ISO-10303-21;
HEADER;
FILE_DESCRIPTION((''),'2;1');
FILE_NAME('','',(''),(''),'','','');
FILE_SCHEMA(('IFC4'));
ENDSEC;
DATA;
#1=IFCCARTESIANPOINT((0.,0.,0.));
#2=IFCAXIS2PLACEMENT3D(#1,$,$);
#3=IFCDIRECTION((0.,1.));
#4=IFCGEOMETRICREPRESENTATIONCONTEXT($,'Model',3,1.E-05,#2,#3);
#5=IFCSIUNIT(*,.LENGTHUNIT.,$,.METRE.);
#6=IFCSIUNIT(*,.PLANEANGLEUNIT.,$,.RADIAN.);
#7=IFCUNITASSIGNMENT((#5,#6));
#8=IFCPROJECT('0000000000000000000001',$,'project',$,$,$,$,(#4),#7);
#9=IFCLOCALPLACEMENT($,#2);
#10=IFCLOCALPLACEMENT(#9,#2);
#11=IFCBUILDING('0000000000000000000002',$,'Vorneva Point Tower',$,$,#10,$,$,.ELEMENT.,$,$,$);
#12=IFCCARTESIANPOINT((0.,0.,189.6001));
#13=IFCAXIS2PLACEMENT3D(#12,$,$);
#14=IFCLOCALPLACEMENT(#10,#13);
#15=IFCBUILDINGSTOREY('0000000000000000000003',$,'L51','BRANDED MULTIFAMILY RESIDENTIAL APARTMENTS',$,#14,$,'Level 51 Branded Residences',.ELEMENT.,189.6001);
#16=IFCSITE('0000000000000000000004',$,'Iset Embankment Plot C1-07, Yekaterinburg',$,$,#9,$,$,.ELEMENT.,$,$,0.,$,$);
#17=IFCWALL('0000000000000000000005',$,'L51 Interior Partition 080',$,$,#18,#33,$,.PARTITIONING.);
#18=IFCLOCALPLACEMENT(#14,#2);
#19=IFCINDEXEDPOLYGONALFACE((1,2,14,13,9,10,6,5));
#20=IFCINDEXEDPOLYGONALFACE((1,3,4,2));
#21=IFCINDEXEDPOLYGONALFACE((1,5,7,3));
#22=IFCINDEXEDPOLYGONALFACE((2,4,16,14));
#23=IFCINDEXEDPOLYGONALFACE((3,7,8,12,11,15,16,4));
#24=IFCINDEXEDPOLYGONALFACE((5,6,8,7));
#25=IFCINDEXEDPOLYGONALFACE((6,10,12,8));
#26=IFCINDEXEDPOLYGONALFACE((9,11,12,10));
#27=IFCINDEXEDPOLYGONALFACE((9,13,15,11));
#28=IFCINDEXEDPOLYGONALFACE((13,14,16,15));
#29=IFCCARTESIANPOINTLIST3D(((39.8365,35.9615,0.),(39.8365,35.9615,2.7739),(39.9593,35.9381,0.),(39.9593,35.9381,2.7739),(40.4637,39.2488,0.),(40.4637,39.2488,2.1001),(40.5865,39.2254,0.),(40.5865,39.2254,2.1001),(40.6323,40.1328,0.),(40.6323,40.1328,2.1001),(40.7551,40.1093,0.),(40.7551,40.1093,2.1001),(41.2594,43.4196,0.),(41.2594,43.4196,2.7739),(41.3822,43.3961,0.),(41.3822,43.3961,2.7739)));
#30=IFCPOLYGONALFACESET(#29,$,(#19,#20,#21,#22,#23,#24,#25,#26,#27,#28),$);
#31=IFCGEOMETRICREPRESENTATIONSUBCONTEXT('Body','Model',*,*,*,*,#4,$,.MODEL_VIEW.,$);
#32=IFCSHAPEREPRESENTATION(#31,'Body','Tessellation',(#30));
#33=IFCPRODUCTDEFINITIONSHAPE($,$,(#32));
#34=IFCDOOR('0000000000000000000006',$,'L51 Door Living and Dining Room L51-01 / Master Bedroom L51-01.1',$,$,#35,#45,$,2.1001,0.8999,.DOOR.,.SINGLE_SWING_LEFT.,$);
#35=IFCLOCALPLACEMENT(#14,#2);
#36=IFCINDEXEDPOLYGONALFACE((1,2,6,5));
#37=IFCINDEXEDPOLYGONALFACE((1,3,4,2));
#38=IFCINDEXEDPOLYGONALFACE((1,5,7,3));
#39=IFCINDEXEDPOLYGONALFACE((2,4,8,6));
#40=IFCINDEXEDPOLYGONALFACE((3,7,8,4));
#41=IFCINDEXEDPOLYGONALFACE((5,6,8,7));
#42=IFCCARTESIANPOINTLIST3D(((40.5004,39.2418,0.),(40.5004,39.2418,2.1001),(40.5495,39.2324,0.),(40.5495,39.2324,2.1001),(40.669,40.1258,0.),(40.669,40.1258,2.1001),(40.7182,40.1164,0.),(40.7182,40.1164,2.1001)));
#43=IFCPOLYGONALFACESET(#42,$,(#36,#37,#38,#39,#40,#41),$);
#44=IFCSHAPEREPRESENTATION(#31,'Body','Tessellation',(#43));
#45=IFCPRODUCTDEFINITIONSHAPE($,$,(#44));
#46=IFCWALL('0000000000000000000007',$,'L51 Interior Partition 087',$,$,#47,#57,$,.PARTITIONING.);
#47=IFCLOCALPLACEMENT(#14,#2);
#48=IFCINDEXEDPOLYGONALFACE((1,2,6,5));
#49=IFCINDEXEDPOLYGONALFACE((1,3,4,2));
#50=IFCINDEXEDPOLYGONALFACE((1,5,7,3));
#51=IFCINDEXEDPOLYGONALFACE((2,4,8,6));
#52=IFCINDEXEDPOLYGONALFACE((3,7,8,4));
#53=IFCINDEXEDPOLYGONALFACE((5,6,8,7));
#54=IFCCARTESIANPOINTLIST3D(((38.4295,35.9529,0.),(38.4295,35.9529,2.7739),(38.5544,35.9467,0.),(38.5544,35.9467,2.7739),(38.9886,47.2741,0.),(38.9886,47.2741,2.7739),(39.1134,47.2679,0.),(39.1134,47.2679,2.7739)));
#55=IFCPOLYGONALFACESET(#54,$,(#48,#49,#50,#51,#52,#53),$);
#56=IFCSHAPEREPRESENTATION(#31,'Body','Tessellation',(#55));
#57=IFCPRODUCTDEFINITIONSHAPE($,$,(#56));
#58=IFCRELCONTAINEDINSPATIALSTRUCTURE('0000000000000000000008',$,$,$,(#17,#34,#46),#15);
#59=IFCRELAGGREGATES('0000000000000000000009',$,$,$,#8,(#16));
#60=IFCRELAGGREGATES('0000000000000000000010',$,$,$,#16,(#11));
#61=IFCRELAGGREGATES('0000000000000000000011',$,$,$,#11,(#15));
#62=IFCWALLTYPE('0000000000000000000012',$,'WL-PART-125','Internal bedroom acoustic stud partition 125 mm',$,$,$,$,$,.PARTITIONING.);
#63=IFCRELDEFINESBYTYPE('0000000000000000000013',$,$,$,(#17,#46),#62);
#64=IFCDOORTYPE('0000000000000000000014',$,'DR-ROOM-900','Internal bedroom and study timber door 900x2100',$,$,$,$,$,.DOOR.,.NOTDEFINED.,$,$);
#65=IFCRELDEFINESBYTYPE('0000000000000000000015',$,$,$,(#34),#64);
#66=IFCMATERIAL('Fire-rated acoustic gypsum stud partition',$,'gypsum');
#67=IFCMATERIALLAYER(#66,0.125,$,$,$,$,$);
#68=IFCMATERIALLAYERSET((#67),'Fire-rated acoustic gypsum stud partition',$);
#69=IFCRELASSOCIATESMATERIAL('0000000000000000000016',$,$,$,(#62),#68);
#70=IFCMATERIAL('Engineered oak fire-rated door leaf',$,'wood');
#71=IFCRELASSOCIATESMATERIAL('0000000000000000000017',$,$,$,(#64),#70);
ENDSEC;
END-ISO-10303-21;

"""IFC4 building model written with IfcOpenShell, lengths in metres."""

from ifc_helpers import new_model, si_unit, direction, frame, frame_2d, origin, place, context, subcontext, project, spatial, rectangle, extrude, material, layer, layer_set, type_object, element, fill, save


model = new_model("IFC4")

# Units and contexts
model_context = context("Model", 3, precision=1e-05, world=origin(), true_north=direction((0.0, 1.0)))
body_context = subcontext(model_context, "Body", "Model", "MODEL_VIEW")
ifc_project = project(units=[si_unit("LENGTHUNIT", "METRE"), si_unit("PLANEANGLEUNIT", "RADIAN")], contexts=[model_context])

# Site, building, storey
site_placement = place(None, origin())
site = spatial("IfcSite", under=ifc_project, at=site_placement, Name="Iset Embankment Plot C1-07, Yekaterinburg", CompositionType="ELEMENT", RefElevation=0.0)
building_placement = place(site_placement, origin())
building = spatial("IfcBuilding", under=site, at=building_placement, Name="Vorneva Point Tower", CompositionType="ELEMENT")
storey_placement = place(building_placement, frame((0.0, 0.0, 189.6001)))
storey = spatial("IfcBuildingStorey", under=building, at=storey_placement, Name="L51", Description="BRANDED MULTIFAMILY RESIDENTIAL APARTMENTS", LongName="Level 51 Branded Residences", CompositionType="ELEMENT", Elevation=189.6001)

# Shared definitions
ifc_material_1 = material(Name="Fire-rated acoustic gypsum stud partition", Category="gypsum")
ifc_layer_1 = layer(ifc_material_1, 0.125)
ifc_layer_set_1 = layer_set([ifc_layer_1], Name="Fire-rated acoustic gypsum stud partition")
wall_type_1 = type_object("IfcWallType", Name="WL-PART-125", Description="Internal bedroom acoustic stud partition 125 mm", PredefinedType="PARTITIONING", material=ifc_layer_set_1)

# Wall, opening, door
wall_1_placement = place(storey_placement, frame((41.3208, 43.408, 0.0), z_axis=(0.0, 0.0, 1.0), x_axis=(-0.187402, -0.982283, 0.0)))
wall_1 = element("IfcWall", 1, at=wall_1_placement, inside=storey, type_object=wall_type_1, Name="L51 Interior Partition 080", PredefinedType="PARTITIONING", context=body_context, shape_type="SweptSolid", body=[
    extrude(rectangle(XDim=7.5925, YDim=0.125, at=frame_2d((3.7964, 0.0))), origin(), (0.0, 0.0, 1.0), 2.7739),
])
opening_placement = place(wall_1_placement, frame((3.3462, 0.0, 0.0)))
opening = element("IfcOpeningElement", 2, at=opening_placement, cuts=wall_1, PredefinedType="OPENING", context=body_context, shape_type="SweptSolid", body=[
    extrude(rectangle(XDim=0.8999, YDim=2.1001, at=frame_2d((0.45, 1.05))), frame((0.0, 0.0774, 0.0), z_axis=(0.0, -1.0, 0.0), x_axis=(1.0, 0.0, 0.0)), (0.0, 0.0, 1.0), 0.1548),
])
ifc_material_2 = material(Name="Engineered oak fire-rated door leaf", Category="wood")
door_type = type_object("IfcDoorType", Name="DR-ROOM-900", Description="Internal bedroom and study timber door 900x2100", OperationType="NOTDEFINED", PredefinedType="DOOR", material=ifc_material_2)
door_placement = place(opening_placement, origin())
door = element("IfcDoor", 3, at=door_placement, inside=storey, type_object=door_type, Name="L51 Door Living and Dining Room L51-01 / Master Bedroom L51-01.1", OperationType="SINGLE_SWING_LEFT", OverallHeight=2.1001, OverallWidth=0.8999, PredefinedType="DOOR", context=body_context, shape_type="SweptSolid", body=[
    extrude(rectangle(XDim=0.8999, YDim=2.1001, at=frame_2d((0.45, 1.05))), frame((0.0, 0.0249, 0.0), z_axis=(0.0, -1.0, 0.0), x_axis=(1.0, 0.0, 0.0)), (0.0, 0.0, 1.0), 0.05),
])
fill(opening, door)

# Wall
wall_2_placement = place(storey_placement, frame((39.051, 47.271, 0.0), z_axis=(0.0, 0.0, 1.0), x_axis=(-0.049324, -0.998783, 0.0)))
element("IfcWall", 4, at=wall_2_placement, inside=storey, type_object=wall_type_1, Name="L51 Interior Partition 087", PredefinedType="PARTITIONING", context=body_context, shape_type="SweptSolid", body=[
    extrude(rectangle(XDim=11.335, YDim=0.125, at=frame_2d((5.6675, 0.0))), origin(), (0.0, 0.0, 1.0), 2.7739),
])

save(model, "model.ifc")
